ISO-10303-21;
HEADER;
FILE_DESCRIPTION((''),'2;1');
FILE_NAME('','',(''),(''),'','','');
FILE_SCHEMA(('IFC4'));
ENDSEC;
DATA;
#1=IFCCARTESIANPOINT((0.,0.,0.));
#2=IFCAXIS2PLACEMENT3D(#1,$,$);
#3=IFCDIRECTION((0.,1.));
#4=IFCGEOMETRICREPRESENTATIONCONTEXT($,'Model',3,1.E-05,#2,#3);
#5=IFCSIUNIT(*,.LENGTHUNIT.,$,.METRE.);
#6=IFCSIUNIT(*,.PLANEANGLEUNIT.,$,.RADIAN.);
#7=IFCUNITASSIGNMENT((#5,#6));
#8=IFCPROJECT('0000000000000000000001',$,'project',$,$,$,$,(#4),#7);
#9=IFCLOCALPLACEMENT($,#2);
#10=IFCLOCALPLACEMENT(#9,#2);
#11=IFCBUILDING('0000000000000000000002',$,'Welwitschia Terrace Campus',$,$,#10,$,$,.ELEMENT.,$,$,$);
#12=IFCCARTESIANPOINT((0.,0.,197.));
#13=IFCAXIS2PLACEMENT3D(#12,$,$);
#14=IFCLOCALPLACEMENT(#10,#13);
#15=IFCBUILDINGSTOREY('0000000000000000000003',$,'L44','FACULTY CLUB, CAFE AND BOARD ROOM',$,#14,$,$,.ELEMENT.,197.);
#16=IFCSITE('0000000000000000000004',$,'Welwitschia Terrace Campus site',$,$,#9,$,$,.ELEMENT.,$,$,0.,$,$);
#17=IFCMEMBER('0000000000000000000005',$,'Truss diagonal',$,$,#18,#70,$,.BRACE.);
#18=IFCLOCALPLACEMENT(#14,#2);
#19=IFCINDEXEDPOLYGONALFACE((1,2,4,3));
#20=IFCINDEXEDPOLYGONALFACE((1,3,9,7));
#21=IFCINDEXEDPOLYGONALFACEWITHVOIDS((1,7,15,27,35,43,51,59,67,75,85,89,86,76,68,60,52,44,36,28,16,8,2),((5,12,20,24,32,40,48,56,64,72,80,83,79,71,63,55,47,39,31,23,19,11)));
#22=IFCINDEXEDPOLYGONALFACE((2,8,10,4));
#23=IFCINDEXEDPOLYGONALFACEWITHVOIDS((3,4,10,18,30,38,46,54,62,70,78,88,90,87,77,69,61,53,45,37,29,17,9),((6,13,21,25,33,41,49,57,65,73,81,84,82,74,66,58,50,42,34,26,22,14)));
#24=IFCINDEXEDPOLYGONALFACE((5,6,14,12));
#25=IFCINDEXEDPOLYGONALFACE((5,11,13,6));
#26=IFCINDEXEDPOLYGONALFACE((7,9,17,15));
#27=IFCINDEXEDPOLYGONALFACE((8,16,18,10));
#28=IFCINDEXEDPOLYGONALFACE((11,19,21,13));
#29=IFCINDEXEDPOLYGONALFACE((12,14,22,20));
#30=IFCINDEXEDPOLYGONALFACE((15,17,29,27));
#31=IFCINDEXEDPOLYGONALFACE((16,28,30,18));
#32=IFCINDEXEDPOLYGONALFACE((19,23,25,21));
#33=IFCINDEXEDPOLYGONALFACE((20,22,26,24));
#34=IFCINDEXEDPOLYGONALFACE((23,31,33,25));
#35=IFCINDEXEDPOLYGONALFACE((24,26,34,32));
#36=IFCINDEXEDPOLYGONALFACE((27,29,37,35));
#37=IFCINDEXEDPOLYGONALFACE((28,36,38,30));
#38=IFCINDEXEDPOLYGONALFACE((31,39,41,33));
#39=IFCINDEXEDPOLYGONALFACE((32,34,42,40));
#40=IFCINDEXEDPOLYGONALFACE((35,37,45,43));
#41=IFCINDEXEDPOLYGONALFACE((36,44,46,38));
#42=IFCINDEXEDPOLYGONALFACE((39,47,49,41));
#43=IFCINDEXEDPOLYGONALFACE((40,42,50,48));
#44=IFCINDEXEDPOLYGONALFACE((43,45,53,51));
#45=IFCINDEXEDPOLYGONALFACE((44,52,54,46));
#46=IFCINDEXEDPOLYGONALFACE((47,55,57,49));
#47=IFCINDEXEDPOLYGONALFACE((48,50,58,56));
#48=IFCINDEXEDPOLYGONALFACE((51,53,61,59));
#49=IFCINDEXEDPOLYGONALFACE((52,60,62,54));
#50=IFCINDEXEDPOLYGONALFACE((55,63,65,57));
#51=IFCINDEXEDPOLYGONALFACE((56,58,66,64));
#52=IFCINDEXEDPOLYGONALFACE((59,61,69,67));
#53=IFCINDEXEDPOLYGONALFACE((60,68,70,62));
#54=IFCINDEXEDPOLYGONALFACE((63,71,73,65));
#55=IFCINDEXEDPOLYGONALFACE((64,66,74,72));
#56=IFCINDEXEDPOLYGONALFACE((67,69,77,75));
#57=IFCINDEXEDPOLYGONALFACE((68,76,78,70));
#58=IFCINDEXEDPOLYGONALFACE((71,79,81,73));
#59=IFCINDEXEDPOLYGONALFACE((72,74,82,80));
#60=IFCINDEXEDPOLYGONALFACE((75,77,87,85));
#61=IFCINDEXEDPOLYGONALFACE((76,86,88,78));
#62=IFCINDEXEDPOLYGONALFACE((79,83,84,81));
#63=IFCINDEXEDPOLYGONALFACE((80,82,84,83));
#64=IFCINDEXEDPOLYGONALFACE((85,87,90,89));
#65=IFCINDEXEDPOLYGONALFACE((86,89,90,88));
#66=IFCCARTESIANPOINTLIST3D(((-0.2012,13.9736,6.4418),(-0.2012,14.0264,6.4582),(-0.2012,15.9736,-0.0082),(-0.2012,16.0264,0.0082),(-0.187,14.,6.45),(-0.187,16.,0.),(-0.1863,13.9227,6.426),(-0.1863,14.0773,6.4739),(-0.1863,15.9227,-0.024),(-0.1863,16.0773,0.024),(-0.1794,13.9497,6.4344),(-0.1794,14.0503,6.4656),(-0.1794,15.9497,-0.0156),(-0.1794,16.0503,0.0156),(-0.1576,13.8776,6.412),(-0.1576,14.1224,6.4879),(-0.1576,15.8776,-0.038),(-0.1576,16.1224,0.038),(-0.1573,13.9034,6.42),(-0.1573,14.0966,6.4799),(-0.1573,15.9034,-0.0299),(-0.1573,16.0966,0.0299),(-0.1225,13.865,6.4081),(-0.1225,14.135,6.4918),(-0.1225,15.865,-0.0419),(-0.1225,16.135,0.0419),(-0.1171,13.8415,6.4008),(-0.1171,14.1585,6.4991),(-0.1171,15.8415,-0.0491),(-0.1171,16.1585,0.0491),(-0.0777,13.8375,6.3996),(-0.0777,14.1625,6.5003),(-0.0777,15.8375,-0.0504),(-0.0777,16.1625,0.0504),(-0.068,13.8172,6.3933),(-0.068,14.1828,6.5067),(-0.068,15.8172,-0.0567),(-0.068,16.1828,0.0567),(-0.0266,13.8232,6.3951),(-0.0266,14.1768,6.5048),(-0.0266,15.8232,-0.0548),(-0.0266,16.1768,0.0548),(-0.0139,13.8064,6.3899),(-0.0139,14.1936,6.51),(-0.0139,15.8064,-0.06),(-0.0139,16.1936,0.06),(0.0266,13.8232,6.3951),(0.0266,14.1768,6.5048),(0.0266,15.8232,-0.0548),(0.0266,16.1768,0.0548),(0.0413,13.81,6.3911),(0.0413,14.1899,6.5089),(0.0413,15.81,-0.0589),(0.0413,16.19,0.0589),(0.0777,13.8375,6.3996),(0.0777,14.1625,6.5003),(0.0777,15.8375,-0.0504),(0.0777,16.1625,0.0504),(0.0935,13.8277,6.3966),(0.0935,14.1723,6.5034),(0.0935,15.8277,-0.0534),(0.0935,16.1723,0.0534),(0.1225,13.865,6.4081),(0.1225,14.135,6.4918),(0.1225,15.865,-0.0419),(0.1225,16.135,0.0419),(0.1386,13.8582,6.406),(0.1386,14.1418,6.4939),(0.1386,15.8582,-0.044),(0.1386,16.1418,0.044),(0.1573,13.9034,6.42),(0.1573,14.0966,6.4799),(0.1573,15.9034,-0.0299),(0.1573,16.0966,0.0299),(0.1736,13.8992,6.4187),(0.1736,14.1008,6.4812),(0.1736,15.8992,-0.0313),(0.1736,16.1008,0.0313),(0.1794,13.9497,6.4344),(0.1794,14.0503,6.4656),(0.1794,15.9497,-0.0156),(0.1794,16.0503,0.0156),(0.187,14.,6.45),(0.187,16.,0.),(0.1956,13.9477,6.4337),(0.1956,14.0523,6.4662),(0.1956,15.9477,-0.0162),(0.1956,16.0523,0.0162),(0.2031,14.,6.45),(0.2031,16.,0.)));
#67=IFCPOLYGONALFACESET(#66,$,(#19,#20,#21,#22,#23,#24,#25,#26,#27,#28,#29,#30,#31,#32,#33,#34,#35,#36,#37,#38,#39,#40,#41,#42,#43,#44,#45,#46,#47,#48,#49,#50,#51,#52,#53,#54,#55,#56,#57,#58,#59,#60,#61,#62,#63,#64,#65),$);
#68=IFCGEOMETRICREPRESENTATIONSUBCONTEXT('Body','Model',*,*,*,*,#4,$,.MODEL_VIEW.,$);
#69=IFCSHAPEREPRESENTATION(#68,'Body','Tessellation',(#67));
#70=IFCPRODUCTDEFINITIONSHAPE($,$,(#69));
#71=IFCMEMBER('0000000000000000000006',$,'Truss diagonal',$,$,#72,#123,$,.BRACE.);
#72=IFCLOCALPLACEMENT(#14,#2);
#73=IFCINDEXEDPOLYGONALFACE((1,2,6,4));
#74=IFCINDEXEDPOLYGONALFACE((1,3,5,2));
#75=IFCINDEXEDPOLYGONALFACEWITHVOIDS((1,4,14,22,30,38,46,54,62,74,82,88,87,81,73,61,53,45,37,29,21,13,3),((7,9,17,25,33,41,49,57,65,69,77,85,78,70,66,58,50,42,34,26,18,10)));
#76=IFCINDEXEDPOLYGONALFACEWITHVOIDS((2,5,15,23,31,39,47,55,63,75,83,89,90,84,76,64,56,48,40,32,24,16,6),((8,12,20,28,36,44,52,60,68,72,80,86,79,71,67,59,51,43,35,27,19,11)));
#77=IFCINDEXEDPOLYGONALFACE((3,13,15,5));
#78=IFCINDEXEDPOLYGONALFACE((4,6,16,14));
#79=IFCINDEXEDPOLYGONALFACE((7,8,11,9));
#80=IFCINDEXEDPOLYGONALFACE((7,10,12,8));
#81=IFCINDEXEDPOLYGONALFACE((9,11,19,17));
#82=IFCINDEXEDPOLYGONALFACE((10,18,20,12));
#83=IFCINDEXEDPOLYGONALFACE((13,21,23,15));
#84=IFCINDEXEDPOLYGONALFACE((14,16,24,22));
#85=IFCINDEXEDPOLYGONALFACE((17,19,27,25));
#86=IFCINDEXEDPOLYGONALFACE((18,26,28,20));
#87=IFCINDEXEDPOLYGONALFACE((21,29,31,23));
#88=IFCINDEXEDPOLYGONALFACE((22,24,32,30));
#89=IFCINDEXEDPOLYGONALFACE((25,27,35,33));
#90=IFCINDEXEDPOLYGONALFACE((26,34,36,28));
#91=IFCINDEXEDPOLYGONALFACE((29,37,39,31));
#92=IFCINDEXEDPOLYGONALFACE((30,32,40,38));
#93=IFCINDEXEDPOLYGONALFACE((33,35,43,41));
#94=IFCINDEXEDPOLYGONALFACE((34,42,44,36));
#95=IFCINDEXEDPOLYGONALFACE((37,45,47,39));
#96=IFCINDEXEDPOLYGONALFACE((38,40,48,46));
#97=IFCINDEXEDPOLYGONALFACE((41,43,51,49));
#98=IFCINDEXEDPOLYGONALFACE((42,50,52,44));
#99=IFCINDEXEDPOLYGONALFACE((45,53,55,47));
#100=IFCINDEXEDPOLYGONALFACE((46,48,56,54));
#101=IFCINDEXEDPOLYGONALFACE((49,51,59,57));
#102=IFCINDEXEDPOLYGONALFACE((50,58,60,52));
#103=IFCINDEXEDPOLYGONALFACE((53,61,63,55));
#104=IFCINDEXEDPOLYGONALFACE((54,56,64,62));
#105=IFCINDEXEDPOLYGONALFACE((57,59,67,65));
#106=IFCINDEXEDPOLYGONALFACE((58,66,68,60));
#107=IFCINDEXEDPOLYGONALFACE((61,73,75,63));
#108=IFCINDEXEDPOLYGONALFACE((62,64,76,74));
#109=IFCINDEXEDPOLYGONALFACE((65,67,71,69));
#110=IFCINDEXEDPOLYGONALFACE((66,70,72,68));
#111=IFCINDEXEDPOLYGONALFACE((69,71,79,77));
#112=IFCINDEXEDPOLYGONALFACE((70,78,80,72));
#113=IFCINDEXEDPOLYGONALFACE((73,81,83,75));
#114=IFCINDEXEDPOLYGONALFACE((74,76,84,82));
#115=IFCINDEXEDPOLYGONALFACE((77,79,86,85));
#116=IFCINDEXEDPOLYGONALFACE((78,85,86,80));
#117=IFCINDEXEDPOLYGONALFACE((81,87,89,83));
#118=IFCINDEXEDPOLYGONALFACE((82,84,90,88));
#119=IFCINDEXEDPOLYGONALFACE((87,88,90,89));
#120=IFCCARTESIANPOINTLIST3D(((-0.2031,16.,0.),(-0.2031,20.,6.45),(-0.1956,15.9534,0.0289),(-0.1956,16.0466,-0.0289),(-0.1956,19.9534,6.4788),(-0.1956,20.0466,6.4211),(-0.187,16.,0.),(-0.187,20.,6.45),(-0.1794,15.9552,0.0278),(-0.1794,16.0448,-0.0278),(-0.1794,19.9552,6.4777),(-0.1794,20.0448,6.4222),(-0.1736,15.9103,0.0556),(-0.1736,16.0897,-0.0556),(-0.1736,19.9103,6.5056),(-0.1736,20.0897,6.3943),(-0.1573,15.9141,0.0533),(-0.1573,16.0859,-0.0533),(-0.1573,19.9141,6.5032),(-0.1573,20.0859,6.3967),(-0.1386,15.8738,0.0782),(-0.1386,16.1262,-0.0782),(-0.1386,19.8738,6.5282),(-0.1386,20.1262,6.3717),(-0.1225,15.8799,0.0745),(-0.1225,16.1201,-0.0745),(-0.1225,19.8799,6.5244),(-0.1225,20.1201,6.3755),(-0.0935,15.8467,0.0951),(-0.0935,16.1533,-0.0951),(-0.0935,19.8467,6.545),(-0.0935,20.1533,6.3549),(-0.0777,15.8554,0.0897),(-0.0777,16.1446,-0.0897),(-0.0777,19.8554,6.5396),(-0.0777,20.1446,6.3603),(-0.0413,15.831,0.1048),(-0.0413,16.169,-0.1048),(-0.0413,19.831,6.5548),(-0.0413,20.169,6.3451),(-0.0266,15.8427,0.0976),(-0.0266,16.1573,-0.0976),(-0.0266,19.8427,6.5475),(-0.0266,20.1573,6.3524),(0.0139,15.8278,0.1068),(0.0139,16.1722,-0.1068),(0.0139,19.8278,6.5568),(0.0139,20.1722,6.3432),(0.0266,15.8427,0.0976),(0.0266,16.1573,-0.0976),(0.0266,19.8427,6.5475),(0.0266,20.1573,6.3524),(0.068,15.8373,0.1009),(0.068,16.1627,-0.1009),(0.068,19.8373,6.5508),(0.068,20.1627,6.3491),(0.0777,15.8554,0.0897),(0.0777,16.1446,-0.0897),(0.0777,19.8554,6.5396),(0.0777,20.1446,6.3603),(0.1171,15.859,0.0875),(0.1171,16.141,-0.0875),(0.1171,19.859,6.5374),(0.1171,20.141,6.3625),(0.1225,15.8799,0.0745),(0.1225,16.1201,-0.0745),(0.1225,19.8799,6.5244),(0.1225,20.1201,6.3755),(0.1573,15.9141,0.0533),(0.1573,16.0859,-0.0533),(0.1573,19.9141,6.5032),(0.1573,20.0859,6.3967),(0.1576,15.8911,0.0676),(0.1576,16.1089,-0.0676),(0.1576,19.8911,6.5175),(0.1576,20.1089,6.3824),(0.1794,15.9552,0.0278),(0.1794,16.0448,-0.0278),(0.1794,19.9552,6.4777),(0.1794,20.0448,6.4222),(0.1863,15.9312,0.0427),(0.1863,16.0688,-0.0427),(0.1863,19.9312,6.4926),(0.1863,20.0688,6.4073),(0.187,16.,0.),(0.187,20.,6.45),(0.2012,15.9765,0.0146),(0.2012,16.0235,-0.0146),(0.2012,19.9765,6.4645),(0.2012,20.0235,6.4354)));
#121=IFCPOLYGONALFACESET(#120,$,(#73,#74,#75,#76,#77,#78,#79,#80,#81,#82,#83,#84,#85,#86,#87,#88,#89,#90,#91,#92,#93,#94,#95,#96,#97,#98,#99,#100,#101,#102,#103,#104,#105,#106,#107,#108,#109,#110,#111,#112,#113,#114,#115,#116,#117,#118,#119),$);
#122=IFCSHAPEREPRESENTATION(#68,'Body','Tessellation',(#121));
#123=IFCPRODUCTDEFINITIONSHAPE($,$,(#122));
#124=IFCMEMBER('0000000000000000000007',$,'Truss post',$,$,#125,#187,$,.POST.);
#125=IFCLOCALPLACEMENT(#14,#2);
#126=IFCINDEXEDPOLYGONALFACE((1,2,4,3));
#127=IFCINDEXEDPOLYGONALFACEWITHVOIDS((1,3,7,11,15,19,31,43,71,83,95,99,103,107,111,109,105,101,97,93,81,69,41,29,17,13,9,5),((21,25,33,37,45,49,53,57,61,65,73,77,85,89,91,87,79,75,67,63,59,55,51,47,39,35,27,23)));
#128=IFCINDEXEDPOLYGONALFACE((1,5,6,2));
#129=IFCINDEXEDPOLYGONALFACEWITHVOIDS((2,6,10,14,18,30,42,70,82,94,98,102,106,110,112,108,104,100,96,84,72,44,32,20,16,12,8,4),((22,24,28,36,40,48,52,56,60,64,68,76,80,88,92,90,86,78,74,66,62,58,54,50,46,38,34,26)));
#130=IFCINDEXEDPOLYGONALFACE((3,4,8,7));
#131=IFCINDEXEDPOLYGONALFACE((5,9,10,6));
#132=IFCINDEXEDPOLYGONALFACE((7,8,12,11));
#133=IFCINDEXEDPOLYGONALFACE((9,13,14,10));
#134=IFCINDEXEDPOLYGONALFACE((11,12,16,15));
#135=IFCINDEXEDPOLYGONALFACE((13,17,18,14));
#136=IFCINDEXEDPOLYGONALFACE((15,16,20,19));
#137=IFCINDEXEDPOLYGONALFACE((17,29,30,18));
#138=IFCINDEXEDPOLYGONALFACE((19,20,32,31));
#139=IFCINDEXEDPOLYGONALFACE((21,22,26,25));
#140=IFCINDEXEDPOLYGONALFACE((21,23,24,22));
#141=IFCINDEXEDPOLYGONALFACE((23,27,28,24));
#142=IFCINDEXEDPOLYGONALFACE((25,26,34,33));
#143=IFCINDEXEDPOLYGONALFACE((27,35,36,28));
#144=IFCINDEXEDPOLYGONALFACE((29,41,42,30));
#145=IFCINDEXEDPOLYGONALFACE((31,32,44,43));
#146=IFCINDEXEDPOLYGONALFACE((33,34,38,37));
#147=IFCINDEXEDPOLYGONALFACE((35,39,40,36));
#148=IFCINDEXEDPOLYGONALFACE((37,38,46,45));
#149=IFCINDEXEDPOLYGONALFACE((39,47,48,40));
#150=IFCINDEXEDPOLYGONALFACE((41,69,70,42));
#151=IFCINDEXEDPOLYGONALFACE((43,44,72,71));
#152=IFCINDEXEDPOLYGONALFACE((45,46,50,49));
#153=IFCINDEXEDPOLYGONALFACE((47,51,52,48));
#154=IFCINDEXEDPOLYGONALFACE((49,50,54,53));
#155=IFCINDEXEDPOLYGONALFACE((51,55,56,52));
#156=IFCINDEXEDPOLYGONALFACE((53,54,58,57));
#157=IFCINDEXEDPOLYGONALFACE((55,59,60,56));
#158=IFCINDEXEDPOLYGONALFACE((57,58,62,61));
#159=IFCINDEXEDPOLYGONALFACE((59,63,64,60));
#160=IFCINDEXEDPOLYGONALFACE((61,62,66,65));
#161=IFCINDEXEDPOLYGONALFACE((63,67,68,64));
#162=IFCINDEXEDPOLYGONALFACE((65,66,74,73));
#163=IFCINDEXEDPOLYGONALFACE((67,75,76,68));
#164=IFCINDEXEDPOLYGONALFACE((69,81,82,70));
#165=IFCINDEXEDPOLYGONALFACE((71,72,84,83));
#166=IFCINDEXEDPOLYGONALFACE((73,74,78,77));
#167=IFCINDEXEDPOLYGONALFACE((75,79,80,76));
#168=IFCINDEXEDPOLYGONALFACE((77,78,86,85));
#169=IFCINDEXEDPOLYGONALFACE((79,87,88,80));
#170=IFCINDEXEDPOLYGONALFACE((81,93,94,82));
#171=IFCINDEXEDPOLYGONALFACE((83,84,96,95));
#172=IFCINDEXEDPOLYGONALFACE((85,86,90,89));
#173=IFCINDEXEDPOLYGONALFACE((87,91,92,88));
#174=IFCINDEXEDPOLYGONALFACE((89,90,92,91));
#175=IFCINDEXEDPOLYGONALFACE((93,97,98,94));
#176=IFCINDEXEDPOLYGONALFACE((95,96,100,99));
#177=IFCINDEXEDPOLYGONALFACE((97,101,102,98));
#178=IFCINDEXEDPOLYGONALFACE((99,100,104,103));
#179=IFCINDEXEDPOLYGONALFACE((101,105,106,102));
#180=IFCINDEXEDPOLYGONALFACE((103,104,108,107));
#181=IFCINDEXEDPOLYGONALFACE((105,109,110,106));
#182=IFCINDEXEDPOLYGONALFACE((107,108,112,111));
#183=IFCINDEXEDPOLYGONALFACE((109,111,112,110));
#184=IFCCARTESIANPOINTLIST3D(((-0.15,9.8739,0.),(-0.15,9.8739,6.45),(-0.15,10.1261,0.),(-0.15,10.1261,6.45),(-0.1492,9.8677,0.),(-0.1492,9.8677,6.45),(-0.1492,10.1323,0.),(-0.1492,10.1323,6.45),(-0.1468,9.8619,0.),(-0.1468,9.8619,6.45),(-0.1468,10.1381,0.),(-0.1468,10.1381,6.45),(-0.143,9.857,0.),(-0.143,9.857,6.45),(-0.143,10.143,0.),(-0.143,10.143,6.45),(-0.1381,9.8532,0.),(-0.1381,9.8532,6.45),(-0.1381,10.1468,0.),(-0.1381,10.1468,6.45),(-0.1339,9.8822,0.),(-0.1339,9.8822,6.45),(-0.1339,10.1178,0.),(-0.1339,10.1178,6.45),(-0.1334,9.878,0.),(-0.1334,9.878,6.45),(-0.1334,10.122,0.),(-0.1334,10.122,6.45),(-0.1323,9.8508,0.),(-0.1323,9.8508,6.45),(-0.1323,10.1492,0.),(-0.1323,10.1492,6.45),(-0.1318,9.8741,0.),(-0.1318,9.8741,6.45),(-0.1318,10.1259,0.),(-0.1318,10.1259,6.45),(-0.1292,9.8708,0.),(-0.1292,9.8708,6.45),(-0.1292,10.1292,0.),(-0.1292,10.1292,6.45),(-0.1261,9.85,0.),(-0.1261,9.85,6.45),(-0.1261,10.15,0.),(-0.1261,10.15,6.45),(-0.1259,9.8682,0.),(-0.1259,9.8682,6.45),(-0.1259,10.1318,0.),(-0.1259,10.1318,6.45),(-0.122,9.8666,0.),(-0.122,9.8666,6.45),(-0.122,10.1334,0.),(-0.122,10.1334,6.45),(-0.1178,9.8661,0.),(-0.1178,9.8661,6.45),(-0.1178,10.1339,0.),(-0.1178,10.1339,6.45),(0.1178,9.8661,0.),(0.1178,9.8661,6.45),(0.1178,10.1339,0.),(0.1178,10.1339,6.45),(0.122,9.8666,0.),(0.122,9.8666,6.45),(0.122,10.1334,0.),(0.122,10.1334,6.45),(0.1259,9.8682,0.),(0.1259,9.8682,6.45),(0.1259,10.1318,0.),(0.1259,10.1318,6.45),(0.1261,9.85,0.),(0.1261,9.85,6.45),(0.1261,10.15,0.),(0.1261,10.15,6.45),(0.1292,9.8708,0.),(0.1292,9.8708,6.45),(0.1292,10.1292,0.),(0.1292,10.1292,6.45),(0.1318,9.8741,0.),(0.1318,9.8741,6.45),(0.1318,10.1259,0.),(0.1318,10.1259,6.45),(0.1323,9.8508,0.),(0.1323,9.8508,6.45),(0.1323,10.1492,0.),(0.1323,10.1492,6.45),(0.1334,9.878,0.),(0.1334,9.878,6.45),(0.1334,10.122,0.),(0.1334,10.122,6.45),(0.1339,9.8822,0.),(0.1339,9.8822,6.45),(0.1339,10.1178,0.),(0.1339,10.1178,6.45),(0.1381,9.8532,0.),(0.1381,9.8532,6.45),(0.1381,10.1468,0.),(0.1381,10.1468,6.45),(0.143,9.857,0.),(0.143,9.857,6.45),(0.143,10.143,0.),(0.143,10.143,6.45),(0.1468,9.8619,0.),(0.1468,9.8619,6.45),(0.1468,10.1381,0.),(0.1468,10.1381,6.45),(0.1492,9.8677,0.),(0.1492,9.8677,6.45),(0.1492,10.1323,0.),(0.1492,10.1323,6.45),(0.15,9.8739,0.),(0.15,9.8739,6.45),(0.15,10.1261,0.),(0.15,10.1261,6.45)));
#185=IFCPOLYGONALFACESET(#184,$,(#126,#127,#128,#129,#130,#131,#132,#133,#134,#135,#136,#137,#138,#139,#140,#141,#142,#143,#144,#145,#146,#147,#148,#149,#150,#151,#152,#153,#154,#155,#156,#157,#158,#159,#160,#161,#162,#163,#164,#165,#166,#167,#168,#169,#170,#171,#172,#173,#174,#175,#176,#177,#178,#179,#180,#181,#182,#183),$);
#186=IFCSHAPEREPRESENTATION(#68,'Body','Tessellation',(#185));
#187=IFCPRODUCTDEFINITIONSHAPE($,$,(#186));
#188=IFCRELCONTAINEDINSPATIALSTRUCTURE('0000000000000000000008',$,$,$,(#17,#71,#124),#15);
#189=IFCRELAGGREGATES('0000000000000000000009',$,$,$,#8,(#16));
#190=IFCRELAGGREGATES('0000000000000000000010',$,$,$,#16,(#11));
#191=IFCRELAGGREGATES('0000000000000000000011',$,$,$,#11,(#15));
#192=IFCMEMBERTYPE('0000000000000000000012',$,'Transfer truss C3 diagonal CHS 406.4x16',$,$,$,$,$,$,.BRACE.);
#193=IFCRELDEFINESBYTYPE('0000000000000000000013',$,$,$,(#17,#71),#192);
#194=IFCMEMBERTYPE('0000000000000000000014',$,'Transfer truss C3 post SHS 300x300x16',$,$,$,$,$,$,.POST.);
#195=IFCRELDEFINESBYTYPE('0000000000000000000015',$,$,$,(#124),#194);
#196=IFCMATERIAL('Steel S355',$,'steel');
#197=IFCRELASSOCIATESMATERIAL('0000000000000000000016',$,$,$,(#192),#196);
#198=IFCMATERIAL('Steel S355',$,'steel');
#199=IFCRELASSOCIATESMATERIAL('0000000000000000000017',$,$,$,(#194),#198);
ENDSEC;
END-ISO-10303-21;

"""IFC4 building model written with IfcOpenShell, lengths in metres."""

from ifc_helpers import new_model, si_unit, direction, frame, origin, origin_2d, place, context, subcontext, project, spatial, hollow_rectangle, hollow_circle, extrude, material, material_profile, profile_set, type_object, element, save


model = new_model("IFC4")

# Units and contexts
model_context = context("Model", 3, precision=1e-05, world=origin(), true_north=direction((0.0, 1.0)))
body_context = subcontext(model_context, "Body", "Model", "MODEL_VIEW")
ifc_project = project(units=[si_unit("LENGTHUNIT", "METRE"), si_unit("PLANEANGLEUNIT", "RADIAN")], contexts=[model_context])

# Site, building, storey
site_placement = place(None, origin())
site = spatial("IfcSite", under=ifc_project, at=site_placement, Name="Welwitschia Terrace Campus site", CompositionType="ELEMENT", RefElevation=0.0)
building_placement = place(site_placement, origin())
building = spatial("IfcBuilding", under=site, at=building_placement, Name="Welwitschia Terrace Campus", CompositionType="ELEMENT")
storey_placement = place(building_placement, frame((0.0, 0.0, 197.0)))
storey = spatial("IfcBuildingStorey", under=building, at=storey_placement, Name="L44", Description="FACULTY CLUB, CAFE AND BOARD ROOM", CompositionType="ELEMENT", Elevation=197.0)

# Members
ifc_material_1 = material(Name="Steel S355", Category="steel")
ifc_material_profile_1 = material_profile(ifc_material_1, hollow_circle(Radius=0.2031, WallThickness=0.0161, at=origin_2d()))
ifc_profile_set_1 = profile_set([ifc_material_profile_1], Name="Steel S355")
member_type_1 = type_object("IfcMemberType", Name="Transfer truss C3 diagonal CHS 406.4x16", PredefinedType="BRACE", material=ifc_profile_set_1)
member_1_placement = place(storey_placement, frame((0.0, 16.0, 0.0), z_axis=(0.0, -0.296168, 0.955136), x_axis=(1.0, 0.0, 0.0)))
element("IfcMember", 1, at=member_1_placement, inside=storey, type_object=member_type_1, Name="Truss diagonal", PredefinedType="BRACE", context=body_context, shape_type="SweptSolid", body=[
    extrude(hollow_circle(Radius=0.2031, WallThickness=0.0161, at=origin_2d()), origin(), (0.0, 0.0, 1.0), 6.7529),
])
member_2_placement = place(storey_placement, frame((0.0, 16.0, 0.0), z_axis=(0.0, 0.527038, 0.849842), x_axis=(-1.0, 0.0, 0.0)))
element("IfcMember", 2, at=member_2_placement, inside=storey, type_object=member_type_1, Name="Truss diagonal", PredefinedType="BRACE", context=body_context, shape_type="SweptSolid", body=[
    extrude(hollow_circle(Radius=0.2031, WallThickness=0.0161, at=origin_2d()), origin(), (0.0, 0.0, 1.0), 7.5896),
])
ifc_material_2 = material(Name="Steel S355", Category="steel")
ifc_material_profile_2 = material_profile(ifc_material_2, hollow_rectangle(XDim=0.3, YDim=0.3, WallThickness=0.0161, InnerFilletRadius=0.0161, OuterFilletRadius=0.0239, at=origin_2d()))
ifc_profile_set_2 = profile_set([ifc_material_profile_2], Name="Steel S355")
member_type_2 = type_object("IfcMemberType", Name="Transfer truss C3 post SHS 300x300x16", PredefinedType="POST", material=ifc_profile_set_2)
for number, where, z_axis, x_axis, name in (
    (3, (0.0, 10.0, 0.0), (0.0, 0.0, 1.0), (1.0, 0.0, 0.0), "Truss post"),
):
    element("IfcMember", number, at=place(storey_placement, frame(where, z_axis=z_axis, x_axis=x_axis)), inside=storey, type_object=member_type_2, Name=name, PredefinedType="POST", context=body_context, shape_type="SweptSolid", body=[
        extrude(hollow_rectangle(XDim=0.3, YDim=0.3, WallThickness=0.0161, InnerFilletRadius=0.0161, OuterFilletRadius=0.0239, at=origin_2d()), origin(), (0.0, 0.0, 1.0), 6.45),
    ])

save(model, "model.ifc")
